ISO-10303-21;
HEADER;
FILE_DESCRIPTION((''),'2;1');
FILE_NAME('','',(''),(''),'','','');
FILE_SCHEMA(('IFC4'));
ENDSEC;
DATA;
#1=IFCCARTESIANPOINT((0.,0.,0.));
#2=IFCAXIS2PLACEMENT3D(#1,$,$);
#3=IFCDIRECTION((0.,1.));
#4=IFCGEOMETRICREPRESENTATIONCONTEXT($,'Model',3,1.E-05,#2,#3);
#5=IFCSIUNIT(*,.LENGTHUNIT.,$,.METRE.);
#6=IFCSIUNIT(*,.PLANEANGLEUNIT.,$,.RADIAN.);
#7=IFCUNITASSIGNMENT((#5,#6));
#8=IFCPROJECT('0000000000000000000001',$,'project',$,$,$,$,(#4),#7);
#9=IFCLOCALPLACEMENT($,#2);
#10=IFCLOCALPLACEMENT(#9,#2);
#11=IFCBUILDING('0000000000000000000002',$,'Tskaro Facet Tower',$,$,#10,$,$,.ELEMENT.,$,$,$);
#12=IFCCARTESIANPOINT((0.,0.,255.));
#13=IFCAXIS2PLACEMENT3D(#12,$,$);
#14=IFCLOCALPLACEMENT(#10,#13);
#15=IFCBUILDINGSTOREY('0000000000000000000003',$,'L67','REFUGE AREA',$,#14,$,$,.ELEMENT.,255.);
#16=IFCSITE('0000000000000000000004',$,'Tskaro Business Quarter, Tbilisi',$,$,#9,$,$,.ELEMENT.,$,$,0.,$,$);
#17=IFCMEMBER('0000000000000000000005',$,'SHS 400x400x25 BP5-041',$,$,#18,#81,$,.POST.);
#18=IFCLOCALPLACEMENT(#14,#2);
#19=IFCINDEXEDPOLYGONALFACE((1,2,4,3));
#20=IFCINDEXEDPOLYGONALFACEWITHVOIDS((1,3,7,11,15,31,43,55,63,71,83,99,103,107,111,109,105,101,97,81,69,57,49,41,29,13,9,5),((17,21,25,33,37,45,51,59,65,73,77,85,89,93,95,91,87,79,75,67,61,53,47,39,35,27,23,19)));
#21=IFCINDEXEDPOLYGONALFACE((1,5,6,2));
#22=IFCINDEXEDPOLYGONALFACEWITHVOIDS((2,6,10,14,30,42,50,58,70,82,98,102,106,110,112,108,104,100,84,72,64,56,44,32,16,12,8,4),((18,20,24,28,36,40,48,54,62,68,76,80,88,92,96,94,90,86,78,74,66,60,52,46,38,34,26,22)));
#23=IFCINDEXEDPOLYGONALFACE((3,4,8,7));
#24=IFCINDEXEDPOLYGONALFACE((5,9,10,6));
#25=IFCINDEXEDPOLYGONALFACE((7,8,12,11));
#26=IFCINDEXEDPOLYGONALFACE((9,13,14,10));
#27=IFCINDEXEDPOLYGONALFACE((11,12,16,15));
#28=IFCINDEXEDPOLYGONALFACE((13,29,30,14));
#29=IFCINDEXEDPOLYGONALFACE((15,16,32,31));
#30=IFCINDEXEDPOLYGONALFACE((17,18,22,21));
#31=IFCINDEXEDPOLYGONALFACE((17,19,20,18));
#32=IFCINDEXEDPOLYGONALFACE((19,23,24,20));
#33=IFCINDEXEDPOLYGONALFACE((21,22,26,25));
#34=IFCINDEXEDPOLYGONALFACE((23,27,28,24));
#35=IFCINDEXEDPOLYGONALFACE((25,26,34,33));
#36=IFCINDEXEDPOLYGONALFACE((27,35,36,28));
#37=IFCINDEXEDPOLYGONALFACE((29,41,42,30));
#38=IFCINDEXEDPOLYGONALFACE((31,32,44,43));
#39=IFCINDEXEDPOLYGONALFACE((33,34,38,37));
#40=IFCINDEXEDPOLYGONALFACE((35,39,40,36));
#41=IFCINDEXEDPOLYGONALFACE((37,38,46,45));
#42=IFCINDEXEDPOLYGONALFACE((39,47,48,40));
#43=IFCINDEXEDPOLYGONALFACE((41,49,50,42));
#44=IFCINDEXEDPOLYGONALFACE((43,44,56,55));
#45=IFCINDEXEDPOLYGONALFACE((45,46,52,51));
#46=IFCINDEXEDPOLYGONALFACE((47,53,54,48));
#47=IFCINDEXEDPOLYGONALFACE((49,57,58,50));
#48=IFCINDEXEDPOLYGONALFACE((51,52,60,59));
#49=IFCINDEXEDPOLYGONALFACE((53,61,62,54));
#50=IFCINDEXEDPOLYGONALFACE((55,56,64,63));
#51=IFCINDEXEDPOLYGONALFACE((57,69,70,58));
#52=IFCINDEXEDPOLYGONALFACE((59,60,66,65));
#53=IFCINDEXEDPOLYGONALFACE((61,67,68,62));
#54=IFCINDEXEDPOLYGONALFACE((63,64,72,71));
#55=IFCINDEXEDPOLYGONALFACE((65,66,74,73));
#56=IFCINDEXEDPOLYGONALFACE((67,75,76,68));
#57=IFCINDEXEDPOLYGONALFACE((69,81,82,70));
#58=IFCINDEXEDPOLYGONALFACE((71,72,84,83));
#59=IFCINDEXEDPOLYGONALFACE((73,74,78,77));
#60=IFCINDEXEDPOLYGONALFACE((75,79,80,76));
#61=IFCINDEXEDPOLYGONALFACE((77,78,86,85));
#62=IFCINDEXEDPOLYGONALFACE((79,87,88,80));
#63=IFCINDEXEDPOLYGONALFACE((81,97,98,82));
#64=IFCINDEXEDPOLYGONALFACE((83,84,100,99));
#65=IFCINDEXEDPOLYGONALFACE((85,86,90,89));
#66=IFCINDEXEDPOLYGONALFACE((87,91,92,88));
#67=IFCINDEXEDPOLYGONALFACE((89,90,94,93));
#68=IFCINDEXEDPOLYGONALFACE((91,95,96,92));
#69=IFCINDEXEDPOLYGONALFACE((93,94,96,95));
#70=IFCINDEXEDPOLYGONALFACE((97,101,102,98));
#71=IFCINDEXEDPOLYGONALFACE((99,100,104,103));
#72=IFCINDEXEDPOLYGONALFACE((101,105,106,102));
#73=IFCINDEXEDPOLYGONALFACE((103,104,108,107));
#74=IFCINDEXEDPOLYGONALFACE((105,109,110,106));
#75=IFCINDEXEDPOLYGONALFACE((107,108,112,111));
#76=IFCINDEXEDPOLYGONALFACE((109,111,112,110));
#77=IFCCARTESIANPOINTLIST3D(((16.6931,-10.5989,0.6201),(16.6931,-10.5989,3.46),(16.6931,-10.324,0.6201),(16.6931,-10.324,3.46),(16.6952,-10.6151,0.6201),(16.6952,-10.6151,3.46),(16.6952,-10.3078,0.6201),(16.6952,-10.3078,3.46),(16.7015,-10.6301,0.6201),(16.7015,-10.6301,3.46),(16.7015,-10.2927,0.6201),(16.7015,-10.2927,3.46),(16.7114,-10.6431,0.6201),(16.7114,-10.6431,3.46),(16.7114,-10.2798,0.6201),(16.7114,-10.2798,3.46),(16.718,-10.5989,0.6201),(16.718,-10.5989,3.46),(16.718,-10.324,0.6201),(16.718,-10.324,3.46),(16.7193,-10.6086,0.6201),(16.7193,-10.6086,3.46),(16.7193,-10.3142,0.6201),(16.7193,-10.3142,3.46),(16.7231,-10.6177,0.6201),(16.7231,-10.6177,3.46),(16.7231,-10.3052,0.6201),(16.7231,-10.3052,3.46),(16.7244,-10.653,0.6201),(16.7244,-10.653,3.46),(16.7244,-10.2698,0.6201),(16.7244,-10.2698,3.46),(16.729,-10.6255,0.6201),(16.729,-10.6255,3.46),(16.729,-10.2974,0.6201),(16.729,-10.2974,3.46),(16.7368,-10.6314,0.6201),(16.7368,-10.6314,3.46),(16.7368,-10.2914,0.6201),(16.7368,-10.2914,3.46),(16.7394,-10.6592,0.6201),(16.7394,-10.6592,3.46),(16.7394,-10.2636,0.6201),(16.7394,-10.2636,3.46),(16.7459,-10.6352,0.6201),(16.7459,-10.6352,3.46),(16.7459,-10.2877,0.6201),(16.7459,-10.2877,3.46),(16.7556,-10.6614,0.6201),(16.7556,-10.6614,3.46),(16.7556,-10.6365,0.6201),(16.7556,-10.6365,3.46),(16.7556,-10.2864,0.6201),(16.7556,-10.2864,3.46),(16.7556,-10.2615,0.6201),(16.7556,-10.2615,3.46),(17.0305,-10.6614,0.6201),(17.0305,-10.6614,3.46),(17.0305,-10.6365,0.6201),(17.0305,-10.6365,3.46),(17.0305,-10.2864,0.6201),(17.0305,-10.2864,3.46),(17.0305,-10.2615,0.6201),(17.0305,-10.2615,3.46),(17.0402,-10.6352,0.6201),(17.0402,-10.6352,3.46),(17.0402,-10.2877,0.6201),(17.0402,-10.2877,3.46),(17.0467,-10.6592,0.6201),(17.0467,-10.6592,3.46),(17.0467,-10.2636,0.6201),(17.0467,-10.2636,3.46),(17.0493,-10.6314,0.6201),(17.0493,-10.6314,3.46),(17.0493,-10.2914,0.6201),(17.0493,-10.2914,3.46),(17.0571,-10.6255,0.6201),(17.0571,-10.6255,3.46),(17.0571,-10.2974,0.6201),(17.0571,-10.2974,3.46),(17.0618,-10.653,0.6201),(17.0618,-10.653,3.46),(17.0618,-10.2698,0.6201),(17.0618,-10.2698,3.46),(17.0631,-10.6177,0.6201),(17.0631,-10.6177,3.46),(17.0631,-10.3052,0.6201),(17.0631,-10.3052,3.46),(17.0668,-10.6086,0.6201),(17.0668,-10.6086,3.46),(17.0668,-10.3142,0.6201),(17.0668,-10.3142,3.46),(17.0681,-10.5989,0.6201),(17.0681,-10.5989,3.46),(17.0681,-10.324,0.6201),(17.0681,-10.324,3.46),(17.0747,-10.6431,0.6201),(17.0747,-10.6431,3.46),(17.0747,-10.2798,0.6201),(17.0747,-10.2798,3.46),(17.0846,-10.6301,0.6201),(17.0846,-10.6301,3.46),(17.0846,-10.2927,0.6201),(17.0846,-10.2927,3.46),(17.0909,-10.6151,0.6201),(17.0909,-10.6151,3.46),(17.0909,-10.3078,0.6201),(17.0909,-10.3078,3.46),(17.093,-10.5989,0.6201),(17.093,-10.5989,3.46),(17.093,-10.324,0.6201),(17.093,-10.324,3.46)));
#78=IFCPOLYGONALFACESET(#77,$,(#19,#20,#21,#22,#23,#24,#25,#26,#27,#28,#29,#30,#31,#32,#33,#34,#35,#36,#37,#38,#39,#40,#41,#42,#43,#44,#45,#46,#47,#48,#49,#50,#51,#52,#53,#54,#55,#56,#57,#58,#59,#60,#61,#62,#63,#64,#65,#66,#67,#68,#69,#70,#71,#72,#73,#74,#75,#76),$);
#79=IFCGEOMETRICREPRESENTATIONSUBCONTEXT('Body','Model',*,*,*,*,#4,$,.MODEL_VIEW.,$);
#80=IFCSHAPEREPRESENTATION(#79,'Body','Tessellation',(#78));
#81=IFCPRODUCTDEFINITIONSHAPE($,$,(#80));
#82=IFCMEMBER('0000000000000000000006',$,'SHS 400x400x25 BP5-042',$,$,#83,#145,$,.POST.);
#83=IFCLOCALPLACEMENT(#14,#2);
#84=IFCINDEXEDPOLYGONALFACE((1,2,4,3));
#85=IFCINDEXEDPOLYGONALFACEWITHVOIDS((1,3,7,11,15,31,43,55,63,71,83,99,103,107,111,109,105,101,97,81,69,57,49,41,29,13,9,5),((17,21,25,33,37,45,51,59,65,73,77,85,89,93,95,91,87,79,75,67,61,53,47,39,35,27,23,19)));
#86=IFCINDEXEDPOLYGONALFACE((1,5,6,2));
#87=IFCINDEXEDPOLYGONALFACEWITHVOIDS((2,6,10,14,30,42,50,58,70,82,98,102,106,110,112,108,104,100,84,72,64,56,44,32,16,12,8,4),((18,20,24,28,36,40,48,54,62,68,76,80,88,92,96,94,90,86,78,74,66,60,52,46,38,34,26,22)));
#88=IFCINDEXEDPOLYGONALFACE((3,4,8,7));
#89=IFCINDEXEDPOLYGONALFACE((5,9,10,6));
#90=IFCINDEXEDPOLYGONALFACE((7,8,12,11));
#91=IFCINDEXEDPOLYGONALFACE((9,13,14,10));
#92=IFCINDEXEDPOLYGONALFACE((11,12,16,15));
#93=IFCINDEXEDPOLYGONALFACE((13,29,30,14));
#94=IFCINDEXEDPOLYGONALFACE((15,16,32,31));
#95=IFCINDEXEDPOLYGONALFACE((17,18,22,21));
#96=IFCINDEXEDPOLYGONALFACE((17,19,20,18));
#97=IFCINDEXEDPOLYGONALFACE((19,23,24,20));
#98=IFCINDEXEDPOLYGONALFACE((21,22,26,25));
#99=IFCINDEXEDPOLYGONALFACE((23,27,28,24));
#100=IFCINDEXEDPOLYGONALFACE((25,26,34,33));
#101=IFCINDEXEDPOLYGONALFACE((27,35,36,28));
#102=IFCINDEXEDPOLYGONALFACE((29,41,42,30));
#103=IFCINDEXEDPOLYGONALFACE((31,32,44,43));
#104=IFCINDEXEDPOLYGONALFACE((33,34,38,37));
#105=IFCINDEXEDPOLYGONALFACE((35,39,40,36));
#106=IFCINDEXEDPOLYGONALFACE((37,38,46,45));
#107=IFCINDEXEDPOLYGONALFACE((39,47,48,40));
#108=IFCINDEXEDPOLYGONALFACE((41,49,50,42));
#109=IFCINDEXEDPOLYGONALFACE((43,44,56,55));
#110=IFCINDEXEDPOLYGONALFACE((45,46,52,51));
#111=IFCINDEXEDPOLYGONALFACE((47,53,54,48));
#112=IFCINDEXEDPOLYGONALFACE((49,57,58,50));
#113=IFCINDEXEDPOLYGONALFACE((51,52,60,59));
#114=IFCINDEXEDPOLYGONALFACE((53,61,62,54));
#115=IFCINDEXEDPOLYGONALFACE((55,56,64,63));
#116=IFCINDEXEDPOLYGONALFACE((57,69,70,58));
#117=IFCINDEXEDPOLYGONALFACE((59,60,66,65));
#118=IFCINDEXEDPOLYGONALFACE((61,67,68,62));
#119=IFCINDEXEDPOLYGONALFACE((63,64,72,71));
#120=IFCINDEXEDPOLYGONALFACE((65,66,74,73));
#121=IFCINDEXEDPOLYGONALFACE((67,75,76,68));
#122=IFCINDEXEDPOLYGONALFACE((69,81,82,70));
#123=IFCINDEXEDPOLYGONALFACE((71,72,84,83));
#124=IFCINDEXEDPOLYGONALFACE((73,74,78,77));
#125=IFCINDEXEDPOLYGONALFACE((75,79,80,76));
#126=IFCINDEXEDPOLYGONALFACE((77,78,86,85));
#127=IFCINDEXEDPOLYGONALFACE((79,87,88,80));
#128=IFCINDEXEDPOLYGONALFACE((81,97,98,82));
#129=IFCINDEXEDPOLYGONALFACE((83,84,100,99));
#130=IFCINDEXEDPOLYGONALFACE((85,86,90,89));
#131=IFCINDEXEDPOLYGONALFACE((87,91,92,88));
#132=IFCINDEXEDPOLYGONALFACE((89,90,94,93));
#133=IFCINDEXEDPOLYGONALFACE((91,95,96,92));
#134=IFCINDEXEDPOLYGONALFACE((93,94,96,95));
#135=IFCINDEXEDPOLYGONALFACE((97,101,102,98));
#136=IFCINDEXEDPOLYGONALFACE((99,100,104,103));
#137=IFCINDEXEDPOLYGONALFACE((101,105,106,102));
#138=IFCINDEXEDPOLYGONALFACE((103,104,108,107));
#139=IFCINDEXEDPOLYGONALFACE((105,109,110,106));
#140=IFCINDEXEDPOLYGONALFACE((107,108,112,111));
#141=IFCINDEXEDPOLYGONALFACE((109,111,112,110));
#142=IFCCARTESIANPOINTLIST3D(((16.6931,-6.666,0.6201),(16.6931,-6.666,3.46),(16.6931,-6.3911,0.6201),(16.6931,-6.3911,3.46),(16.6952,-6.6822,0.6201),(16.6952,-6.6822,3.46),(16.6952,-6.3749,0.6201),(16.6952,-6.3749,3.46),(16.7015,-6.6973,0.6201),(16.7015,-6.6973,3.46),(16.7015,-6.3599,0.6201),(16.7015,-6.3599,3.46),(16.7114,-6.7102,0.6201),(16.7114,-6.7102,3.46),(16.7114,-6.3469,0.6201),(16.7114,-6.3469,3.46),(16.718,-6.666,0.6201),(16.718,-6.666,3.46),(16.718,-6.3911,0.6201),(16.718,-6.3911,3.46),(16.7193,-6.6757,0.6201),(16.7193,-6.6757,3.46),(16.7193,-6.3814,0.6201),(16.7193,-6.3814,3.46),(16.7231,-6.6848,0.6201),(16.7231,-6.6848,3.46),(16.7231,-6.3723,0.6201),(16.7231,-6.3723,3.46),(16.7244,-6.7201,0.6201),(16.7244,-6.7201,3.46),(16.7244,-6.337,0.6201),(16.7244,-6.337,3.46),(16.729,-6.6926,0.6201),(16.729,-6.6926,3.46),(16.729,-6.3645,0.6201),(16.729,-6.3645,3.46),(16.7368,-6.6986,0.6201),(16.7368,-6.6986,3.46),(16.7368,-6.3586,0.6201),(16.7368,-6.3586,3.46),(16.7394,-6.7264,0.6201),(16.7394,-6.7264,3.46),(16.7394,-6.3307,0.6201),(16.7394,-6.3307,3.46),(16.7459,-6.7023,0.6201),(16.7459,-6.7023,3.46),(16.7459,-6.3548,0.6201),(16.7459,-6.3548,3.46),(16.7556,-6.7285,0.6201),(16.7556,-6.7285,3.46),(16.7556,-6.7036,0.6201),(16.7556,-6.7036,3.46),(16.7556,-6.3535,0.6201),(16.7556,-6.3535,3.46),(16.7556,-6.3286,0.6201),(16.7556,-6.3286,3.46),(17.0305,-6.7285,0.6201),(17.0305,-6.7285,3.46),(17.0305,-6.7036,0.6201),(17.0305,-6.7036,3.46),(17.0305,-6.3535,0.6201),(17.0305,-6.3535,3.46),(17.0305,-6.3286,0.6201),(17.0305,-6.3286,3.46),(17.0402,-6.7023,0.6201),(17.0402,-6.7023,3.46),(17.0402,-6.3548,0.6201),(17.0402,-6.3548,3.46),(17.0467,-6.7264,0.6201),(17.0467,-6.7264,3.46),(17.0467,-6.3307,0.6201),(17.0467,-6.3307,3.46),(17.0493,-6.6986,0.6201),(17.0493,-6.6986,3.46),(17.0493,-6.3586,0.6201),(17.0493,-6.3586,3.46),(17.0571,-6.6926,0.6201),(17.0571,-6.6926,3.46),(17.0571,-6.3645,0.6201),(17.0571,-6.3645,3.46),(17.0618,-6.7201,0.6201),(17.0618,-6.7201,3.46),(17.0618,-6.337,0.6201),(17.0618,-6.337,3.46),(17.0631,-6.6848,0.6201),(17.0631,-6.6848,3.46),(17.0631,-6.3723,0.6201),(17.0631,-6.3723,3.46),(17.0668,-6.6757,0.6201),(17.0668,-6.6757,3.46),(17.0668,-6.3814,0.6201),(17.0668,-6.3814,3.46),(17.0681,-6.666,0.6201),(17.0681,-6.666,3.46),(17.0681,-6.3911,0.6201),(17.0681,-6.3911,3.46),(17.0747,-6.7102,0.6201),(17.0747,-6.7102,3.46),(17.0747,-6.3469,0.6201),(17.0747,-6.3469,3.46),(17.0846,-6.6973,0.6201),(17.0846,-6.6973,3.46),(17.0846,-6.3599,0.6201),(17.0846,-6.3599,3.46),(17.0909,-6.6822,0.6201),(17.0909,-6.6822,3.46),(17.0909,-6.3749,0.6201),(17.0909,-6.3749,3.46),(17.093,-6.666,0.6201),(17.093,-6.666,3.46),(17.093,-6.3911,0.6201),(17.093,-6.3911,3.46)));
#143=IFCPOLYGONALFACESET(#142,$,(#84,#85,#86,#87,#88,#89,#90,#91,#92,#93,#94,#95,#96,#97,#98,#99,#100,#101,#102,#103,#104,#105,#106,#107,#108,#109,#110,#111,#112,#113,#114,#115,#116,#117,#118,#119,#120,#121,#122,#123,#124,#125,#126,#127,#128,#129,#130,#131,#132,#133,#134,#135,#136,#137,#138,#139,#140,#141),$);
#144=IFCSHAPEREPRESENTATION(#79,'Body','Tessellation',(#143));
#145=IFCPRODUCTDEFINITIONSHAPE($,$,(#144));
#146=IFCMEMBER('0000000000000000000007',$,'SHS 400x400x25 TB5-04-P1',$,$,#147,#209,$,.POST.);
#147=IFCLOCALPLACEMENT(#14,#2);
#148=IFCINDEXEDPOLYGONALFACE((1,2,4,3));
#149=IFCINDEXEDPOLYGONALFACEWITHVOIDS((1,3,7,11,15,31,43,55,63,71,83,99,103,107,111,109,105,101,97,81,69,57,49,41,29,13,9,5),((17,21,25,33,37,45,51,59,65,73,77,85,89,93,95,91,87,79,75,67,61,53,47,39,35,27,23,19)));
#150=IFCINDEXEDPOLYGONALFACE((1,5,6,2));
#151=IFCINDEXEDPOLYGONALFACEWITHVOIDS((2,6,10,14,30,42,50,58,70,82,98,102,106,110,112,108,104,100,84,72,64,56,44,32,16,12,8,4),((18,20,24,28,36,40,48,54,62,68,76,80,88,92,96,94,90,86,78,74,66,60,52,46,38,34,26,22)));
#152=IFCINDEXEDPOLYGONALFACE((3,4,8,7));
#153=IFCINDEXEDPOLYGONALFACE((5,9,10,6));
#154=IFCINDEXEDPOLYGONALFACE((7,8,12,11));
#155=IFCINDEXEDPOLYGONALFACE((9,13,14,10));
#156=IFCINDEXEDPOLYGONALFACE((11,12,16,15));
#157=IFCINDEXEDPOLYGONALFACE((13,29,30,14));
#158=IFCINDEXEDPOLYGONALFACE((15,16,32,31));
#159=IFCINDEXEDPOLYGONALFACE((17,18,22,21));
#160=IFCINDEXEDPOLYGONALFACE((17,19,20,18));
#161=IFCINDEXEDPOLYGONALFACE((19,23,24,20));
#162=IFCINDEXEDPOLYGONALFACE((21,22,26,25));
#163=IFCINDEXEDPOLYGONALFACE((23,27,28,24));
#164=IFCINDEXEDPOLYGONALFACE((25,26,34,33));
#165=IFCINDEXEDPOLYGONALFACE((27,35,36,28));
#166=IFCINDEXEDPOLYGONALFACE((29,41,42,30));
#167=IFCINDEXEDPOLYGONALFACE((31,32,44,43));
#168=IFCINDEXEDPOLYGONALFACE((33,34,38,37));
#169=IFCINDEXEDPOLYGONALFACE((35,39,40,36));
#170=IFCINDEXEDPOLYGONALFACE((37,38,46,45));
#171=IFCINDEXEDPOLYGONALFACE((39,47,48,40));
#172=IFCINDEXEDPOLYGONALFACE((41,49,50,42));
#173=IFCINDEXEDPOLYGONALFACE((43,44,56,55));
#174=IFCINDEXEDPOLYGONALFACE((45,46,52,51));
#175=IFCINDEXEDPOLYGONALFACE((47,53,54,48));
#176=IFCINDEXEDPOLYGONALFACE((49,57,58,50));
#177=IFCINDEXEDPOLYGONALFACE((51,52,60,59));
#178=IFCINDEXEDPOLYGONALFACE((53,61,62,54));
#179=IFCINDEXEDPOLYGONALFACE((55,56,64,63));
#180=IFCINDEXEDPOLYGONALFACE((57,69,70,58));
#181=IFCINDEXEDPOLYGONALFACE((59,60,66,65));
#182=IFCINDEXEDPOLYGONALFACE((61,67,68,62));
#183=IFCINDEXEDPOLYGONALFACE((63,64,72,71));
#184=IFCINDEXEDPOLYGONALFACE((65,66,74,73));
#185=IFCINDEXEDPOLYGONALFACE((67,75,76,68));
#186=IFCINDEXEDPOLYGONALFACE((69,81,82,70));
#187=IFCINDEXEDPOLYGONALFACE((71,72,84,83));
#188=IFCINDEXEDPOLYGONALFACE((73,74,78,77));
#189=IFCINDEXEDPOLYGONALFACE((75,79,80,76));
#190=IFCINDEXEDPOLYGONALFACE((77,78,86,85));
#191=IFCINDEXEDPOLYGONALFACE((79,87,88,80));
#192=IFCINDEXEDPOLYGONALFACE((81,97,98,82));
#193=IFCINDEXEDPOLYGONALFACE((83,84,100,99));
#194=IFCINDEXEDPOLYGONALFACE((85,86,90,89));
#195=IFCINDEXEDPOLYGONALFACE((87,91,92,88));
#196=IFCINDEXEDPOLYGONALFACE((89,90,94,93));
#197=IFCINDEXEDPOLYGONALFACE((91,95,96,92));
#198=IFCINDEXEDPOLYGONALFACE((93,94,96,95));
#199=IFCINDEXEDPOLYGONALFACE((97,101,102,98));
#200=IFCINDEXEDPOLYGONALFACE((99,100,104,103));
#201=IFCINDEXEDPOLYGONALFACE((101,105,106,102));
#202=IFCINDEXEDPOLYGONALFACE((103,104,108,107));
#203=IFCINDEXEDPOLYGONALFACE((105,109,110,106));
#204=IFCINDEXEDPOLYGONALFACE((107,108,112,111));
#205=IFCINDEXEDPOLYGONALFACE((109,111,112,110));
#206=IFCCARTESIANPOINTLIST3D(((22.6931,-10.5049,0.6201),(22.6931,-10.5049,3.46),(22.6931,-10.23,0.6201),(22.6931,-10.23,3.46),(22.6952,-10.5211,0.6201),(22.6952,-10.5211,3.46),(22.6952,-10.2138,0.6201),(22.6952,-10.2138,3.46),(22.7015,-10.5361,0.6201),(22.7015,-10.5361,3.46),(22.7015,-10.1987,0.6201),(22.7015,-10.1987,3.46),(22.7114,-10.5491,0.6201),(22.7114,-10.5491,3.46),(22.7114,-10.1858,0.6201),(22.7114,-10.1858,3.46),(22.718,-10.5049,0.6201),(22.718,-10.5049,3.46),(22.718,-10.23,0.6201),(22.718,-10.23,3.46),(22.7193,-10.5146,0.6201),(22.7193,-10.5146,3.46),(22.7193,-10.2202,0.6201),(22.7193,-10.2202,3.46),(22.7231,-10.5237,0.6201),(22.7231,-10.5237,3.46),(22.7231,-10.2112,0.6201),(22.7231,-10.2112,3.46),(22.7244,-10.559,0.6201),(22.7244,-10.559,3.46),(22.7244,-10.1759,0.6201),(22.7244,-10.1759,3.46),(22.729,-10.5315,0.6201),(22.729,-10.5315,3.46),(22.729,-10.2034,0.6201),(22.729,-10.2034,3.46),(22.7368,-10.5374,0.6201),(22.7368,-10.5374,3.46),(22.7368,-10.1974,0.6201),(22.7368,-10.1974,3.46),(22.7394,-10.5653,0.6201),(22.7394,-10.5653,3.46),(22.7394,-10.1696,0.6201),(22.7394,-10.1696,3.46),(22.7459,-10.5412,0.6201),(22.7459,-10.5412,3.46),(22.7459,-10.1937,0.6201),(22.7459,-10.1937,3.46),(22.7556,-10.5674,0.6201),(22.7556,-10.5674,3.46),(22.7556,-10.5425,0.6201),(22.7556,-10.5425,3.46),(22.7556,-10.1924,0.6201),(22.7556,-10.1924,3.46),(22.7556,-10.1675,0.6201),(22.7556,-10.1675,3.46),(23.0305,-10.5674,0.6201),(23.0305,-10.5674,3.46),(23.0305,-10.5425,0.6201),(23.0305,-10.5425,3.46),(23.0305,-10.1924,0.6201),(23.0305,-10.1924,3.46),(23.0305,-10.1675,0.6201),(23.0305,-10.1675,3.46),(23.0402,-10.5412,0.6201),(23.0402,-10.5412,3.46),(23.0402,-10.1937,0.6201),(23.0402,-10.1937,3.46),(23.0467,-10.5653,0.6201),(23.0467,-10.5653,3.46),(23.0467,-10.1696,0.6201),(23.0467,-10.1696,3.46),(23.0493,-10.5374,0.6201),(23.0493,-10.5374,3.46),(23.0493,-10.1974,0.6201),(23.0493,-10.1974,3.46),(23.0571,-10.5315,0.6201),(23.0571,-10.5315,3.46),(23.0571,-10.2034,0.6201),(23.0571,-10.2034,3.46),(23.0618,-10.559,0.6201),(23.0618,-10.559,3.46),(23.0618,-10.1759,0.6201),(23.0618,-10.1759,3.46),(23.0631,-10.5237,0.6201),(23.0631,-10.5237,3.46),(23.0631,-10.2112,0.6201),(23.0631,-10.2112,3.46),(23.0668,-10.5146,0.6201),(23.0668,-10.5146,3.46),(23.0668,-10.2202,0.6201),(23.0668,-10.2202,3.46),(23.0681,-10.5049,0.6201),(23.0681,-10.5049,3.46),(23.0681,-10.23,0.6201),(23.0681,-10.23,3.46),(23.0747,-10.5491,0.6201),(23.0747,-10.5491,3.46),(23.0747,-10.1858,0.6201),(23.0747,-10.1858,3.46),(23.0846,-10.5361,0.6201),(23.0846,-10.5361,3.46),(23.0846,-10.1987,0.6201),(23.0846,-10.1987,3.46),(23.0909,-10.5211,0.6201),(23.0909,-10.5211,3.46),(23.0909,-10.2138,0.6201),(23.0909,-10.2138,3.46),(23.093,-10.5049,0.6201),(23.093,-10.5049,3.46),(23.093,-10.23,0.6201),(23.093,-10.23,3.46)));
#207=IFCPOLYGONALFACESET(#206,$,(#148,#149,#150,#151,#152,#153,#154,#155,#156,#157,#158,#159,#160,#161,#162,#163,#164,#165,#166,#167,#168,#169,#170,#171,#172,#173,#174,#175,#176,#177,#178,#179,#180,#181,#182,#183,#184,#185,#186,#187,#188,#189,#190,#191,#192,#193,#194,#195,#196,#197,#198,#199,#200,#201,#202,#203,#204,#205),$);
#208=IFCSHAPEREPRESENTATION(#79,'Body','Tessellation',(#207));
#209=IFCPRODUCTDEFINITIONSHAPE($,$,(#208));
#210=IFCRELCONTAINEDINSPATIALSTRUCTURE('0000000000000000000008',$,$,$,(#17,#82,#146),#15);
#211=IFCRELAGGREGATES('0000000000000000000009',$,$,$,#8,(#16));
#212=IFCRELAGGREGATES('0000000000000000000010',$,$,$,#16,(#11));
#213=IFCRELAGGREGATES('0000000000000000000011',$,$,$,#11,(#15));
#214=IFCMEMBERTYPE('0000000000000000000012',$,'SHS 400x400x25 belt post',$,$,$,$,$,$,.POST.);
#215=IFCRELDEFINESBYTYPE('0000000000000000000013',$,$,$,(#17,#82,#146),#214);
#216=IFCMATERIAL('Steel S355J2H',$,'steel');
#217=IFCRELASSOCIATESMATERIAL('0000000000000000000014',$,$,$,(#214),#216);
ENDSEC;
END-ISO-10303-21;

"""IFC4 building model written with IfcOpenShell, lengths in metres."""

from ifc_helpers import new_model, si_unit, direction, frame, origin, origin_2d, place, context, subcontext, project, spatial, hollow_rectangle, extrude, material, material_profile, profile_set, type_object, element, save


model = new_model("IFC4")

# Units and contexts
model_context = context("Model", 3, precision=1e-05, world=origin(), true_north=direction((0.0, 1.0)))
body_context = subcontext(model_context, "Body", "Model", "MODEL_VIEW")
ifc_project = project(units=[si_unit("LENGTHUNIT", "METRE"), si_unit("PLANEANGLEUNIT", "RADIAN")], contexts=[model_context])

# Site, building, storey
site_placement = place(None, origin())
site = spatial("IfcSite", under=ifc_project, at=site_placement, Name="Tskaro Business Quarter, Tbilisi", CompositionType="ELEMENT", RefElevation=0.0)
building_placement = place(site_placement, origin())
building = spatial("IfcBuilding", under=site, at=building_placement, Name="Tskaro Facet Tower", CompositionType="ELEMENT")
storey_placement = place(building_placement, frame((0.0, 0.0, 255.0)))
storey = spatial("IfcBuildingStorey", under=building, at=storey_placement, Name="L67", Description="REFUGE AREA", CompositionType="ELEMENT", Elevation=255.0)

# Shared definitions
ifc_material_1 = material(Name="Steel S355J2H", Category="steel")

# Members
ifc_material_profile_1 = material_profile(ifc_material_1, hollow_rectangle(XDim=0.3999, YDim=0.3999, WallThickness=0.0249, InnerFilletRadius=0.0376, OuterFilletRadius=0.0625, at=origin_2d()), Name="SHS 400x400x25")
ifc_profile_set_1 = profile_set([ifc_material_profile_1], Name="Steel S355J2H")
member_type_1 = type_object("IfcMemberType", Name="SHS 400x400x25 belt post", PredefinedType="POST", material=ifc_profile_set_1)
for number, where, z_axis, x_axis, name in (
    (1, (16.8931, -10.4614, 0.6201), (0.0, 0.0, 1.0), (1.0, 0.0, 0.0), "SHS 400x400x25 BP5-041"),
    (2, (16.8931, -6.5286, 0.6201), (0.0, 0.0, 1.0), (1.0, 0.0, 0.0), "SHS 400x400x25 BP5-042"),
    (3, (22.8931, -10.3674, 0.6201), (0.0, 0.0, 1.0), (1.0, 0.0, 0.0), "SHS 400x400x25 TB5-04-P1"),
):
    element("IfcMember", number, at=place(storey_placement, frame(where, z_axis=z_axis, x_axis=x_axis)), inside=storey, type_object=member_type_1, Name=name, PredefinedType="POST", context=body_context, shape_type="SweptSolid", body=[
        extrude(hollow_rectangle(XDim=0.3999, YDim=0.3999, WallThickness=0.0249, InnerFilletRadius=0.0376, OuterFilletRadius=0.0625, at=origin_2d()), origin(), (0.0, 0.0, 1.0), 2.8398),
    ])

save(model, "model.ifc")
